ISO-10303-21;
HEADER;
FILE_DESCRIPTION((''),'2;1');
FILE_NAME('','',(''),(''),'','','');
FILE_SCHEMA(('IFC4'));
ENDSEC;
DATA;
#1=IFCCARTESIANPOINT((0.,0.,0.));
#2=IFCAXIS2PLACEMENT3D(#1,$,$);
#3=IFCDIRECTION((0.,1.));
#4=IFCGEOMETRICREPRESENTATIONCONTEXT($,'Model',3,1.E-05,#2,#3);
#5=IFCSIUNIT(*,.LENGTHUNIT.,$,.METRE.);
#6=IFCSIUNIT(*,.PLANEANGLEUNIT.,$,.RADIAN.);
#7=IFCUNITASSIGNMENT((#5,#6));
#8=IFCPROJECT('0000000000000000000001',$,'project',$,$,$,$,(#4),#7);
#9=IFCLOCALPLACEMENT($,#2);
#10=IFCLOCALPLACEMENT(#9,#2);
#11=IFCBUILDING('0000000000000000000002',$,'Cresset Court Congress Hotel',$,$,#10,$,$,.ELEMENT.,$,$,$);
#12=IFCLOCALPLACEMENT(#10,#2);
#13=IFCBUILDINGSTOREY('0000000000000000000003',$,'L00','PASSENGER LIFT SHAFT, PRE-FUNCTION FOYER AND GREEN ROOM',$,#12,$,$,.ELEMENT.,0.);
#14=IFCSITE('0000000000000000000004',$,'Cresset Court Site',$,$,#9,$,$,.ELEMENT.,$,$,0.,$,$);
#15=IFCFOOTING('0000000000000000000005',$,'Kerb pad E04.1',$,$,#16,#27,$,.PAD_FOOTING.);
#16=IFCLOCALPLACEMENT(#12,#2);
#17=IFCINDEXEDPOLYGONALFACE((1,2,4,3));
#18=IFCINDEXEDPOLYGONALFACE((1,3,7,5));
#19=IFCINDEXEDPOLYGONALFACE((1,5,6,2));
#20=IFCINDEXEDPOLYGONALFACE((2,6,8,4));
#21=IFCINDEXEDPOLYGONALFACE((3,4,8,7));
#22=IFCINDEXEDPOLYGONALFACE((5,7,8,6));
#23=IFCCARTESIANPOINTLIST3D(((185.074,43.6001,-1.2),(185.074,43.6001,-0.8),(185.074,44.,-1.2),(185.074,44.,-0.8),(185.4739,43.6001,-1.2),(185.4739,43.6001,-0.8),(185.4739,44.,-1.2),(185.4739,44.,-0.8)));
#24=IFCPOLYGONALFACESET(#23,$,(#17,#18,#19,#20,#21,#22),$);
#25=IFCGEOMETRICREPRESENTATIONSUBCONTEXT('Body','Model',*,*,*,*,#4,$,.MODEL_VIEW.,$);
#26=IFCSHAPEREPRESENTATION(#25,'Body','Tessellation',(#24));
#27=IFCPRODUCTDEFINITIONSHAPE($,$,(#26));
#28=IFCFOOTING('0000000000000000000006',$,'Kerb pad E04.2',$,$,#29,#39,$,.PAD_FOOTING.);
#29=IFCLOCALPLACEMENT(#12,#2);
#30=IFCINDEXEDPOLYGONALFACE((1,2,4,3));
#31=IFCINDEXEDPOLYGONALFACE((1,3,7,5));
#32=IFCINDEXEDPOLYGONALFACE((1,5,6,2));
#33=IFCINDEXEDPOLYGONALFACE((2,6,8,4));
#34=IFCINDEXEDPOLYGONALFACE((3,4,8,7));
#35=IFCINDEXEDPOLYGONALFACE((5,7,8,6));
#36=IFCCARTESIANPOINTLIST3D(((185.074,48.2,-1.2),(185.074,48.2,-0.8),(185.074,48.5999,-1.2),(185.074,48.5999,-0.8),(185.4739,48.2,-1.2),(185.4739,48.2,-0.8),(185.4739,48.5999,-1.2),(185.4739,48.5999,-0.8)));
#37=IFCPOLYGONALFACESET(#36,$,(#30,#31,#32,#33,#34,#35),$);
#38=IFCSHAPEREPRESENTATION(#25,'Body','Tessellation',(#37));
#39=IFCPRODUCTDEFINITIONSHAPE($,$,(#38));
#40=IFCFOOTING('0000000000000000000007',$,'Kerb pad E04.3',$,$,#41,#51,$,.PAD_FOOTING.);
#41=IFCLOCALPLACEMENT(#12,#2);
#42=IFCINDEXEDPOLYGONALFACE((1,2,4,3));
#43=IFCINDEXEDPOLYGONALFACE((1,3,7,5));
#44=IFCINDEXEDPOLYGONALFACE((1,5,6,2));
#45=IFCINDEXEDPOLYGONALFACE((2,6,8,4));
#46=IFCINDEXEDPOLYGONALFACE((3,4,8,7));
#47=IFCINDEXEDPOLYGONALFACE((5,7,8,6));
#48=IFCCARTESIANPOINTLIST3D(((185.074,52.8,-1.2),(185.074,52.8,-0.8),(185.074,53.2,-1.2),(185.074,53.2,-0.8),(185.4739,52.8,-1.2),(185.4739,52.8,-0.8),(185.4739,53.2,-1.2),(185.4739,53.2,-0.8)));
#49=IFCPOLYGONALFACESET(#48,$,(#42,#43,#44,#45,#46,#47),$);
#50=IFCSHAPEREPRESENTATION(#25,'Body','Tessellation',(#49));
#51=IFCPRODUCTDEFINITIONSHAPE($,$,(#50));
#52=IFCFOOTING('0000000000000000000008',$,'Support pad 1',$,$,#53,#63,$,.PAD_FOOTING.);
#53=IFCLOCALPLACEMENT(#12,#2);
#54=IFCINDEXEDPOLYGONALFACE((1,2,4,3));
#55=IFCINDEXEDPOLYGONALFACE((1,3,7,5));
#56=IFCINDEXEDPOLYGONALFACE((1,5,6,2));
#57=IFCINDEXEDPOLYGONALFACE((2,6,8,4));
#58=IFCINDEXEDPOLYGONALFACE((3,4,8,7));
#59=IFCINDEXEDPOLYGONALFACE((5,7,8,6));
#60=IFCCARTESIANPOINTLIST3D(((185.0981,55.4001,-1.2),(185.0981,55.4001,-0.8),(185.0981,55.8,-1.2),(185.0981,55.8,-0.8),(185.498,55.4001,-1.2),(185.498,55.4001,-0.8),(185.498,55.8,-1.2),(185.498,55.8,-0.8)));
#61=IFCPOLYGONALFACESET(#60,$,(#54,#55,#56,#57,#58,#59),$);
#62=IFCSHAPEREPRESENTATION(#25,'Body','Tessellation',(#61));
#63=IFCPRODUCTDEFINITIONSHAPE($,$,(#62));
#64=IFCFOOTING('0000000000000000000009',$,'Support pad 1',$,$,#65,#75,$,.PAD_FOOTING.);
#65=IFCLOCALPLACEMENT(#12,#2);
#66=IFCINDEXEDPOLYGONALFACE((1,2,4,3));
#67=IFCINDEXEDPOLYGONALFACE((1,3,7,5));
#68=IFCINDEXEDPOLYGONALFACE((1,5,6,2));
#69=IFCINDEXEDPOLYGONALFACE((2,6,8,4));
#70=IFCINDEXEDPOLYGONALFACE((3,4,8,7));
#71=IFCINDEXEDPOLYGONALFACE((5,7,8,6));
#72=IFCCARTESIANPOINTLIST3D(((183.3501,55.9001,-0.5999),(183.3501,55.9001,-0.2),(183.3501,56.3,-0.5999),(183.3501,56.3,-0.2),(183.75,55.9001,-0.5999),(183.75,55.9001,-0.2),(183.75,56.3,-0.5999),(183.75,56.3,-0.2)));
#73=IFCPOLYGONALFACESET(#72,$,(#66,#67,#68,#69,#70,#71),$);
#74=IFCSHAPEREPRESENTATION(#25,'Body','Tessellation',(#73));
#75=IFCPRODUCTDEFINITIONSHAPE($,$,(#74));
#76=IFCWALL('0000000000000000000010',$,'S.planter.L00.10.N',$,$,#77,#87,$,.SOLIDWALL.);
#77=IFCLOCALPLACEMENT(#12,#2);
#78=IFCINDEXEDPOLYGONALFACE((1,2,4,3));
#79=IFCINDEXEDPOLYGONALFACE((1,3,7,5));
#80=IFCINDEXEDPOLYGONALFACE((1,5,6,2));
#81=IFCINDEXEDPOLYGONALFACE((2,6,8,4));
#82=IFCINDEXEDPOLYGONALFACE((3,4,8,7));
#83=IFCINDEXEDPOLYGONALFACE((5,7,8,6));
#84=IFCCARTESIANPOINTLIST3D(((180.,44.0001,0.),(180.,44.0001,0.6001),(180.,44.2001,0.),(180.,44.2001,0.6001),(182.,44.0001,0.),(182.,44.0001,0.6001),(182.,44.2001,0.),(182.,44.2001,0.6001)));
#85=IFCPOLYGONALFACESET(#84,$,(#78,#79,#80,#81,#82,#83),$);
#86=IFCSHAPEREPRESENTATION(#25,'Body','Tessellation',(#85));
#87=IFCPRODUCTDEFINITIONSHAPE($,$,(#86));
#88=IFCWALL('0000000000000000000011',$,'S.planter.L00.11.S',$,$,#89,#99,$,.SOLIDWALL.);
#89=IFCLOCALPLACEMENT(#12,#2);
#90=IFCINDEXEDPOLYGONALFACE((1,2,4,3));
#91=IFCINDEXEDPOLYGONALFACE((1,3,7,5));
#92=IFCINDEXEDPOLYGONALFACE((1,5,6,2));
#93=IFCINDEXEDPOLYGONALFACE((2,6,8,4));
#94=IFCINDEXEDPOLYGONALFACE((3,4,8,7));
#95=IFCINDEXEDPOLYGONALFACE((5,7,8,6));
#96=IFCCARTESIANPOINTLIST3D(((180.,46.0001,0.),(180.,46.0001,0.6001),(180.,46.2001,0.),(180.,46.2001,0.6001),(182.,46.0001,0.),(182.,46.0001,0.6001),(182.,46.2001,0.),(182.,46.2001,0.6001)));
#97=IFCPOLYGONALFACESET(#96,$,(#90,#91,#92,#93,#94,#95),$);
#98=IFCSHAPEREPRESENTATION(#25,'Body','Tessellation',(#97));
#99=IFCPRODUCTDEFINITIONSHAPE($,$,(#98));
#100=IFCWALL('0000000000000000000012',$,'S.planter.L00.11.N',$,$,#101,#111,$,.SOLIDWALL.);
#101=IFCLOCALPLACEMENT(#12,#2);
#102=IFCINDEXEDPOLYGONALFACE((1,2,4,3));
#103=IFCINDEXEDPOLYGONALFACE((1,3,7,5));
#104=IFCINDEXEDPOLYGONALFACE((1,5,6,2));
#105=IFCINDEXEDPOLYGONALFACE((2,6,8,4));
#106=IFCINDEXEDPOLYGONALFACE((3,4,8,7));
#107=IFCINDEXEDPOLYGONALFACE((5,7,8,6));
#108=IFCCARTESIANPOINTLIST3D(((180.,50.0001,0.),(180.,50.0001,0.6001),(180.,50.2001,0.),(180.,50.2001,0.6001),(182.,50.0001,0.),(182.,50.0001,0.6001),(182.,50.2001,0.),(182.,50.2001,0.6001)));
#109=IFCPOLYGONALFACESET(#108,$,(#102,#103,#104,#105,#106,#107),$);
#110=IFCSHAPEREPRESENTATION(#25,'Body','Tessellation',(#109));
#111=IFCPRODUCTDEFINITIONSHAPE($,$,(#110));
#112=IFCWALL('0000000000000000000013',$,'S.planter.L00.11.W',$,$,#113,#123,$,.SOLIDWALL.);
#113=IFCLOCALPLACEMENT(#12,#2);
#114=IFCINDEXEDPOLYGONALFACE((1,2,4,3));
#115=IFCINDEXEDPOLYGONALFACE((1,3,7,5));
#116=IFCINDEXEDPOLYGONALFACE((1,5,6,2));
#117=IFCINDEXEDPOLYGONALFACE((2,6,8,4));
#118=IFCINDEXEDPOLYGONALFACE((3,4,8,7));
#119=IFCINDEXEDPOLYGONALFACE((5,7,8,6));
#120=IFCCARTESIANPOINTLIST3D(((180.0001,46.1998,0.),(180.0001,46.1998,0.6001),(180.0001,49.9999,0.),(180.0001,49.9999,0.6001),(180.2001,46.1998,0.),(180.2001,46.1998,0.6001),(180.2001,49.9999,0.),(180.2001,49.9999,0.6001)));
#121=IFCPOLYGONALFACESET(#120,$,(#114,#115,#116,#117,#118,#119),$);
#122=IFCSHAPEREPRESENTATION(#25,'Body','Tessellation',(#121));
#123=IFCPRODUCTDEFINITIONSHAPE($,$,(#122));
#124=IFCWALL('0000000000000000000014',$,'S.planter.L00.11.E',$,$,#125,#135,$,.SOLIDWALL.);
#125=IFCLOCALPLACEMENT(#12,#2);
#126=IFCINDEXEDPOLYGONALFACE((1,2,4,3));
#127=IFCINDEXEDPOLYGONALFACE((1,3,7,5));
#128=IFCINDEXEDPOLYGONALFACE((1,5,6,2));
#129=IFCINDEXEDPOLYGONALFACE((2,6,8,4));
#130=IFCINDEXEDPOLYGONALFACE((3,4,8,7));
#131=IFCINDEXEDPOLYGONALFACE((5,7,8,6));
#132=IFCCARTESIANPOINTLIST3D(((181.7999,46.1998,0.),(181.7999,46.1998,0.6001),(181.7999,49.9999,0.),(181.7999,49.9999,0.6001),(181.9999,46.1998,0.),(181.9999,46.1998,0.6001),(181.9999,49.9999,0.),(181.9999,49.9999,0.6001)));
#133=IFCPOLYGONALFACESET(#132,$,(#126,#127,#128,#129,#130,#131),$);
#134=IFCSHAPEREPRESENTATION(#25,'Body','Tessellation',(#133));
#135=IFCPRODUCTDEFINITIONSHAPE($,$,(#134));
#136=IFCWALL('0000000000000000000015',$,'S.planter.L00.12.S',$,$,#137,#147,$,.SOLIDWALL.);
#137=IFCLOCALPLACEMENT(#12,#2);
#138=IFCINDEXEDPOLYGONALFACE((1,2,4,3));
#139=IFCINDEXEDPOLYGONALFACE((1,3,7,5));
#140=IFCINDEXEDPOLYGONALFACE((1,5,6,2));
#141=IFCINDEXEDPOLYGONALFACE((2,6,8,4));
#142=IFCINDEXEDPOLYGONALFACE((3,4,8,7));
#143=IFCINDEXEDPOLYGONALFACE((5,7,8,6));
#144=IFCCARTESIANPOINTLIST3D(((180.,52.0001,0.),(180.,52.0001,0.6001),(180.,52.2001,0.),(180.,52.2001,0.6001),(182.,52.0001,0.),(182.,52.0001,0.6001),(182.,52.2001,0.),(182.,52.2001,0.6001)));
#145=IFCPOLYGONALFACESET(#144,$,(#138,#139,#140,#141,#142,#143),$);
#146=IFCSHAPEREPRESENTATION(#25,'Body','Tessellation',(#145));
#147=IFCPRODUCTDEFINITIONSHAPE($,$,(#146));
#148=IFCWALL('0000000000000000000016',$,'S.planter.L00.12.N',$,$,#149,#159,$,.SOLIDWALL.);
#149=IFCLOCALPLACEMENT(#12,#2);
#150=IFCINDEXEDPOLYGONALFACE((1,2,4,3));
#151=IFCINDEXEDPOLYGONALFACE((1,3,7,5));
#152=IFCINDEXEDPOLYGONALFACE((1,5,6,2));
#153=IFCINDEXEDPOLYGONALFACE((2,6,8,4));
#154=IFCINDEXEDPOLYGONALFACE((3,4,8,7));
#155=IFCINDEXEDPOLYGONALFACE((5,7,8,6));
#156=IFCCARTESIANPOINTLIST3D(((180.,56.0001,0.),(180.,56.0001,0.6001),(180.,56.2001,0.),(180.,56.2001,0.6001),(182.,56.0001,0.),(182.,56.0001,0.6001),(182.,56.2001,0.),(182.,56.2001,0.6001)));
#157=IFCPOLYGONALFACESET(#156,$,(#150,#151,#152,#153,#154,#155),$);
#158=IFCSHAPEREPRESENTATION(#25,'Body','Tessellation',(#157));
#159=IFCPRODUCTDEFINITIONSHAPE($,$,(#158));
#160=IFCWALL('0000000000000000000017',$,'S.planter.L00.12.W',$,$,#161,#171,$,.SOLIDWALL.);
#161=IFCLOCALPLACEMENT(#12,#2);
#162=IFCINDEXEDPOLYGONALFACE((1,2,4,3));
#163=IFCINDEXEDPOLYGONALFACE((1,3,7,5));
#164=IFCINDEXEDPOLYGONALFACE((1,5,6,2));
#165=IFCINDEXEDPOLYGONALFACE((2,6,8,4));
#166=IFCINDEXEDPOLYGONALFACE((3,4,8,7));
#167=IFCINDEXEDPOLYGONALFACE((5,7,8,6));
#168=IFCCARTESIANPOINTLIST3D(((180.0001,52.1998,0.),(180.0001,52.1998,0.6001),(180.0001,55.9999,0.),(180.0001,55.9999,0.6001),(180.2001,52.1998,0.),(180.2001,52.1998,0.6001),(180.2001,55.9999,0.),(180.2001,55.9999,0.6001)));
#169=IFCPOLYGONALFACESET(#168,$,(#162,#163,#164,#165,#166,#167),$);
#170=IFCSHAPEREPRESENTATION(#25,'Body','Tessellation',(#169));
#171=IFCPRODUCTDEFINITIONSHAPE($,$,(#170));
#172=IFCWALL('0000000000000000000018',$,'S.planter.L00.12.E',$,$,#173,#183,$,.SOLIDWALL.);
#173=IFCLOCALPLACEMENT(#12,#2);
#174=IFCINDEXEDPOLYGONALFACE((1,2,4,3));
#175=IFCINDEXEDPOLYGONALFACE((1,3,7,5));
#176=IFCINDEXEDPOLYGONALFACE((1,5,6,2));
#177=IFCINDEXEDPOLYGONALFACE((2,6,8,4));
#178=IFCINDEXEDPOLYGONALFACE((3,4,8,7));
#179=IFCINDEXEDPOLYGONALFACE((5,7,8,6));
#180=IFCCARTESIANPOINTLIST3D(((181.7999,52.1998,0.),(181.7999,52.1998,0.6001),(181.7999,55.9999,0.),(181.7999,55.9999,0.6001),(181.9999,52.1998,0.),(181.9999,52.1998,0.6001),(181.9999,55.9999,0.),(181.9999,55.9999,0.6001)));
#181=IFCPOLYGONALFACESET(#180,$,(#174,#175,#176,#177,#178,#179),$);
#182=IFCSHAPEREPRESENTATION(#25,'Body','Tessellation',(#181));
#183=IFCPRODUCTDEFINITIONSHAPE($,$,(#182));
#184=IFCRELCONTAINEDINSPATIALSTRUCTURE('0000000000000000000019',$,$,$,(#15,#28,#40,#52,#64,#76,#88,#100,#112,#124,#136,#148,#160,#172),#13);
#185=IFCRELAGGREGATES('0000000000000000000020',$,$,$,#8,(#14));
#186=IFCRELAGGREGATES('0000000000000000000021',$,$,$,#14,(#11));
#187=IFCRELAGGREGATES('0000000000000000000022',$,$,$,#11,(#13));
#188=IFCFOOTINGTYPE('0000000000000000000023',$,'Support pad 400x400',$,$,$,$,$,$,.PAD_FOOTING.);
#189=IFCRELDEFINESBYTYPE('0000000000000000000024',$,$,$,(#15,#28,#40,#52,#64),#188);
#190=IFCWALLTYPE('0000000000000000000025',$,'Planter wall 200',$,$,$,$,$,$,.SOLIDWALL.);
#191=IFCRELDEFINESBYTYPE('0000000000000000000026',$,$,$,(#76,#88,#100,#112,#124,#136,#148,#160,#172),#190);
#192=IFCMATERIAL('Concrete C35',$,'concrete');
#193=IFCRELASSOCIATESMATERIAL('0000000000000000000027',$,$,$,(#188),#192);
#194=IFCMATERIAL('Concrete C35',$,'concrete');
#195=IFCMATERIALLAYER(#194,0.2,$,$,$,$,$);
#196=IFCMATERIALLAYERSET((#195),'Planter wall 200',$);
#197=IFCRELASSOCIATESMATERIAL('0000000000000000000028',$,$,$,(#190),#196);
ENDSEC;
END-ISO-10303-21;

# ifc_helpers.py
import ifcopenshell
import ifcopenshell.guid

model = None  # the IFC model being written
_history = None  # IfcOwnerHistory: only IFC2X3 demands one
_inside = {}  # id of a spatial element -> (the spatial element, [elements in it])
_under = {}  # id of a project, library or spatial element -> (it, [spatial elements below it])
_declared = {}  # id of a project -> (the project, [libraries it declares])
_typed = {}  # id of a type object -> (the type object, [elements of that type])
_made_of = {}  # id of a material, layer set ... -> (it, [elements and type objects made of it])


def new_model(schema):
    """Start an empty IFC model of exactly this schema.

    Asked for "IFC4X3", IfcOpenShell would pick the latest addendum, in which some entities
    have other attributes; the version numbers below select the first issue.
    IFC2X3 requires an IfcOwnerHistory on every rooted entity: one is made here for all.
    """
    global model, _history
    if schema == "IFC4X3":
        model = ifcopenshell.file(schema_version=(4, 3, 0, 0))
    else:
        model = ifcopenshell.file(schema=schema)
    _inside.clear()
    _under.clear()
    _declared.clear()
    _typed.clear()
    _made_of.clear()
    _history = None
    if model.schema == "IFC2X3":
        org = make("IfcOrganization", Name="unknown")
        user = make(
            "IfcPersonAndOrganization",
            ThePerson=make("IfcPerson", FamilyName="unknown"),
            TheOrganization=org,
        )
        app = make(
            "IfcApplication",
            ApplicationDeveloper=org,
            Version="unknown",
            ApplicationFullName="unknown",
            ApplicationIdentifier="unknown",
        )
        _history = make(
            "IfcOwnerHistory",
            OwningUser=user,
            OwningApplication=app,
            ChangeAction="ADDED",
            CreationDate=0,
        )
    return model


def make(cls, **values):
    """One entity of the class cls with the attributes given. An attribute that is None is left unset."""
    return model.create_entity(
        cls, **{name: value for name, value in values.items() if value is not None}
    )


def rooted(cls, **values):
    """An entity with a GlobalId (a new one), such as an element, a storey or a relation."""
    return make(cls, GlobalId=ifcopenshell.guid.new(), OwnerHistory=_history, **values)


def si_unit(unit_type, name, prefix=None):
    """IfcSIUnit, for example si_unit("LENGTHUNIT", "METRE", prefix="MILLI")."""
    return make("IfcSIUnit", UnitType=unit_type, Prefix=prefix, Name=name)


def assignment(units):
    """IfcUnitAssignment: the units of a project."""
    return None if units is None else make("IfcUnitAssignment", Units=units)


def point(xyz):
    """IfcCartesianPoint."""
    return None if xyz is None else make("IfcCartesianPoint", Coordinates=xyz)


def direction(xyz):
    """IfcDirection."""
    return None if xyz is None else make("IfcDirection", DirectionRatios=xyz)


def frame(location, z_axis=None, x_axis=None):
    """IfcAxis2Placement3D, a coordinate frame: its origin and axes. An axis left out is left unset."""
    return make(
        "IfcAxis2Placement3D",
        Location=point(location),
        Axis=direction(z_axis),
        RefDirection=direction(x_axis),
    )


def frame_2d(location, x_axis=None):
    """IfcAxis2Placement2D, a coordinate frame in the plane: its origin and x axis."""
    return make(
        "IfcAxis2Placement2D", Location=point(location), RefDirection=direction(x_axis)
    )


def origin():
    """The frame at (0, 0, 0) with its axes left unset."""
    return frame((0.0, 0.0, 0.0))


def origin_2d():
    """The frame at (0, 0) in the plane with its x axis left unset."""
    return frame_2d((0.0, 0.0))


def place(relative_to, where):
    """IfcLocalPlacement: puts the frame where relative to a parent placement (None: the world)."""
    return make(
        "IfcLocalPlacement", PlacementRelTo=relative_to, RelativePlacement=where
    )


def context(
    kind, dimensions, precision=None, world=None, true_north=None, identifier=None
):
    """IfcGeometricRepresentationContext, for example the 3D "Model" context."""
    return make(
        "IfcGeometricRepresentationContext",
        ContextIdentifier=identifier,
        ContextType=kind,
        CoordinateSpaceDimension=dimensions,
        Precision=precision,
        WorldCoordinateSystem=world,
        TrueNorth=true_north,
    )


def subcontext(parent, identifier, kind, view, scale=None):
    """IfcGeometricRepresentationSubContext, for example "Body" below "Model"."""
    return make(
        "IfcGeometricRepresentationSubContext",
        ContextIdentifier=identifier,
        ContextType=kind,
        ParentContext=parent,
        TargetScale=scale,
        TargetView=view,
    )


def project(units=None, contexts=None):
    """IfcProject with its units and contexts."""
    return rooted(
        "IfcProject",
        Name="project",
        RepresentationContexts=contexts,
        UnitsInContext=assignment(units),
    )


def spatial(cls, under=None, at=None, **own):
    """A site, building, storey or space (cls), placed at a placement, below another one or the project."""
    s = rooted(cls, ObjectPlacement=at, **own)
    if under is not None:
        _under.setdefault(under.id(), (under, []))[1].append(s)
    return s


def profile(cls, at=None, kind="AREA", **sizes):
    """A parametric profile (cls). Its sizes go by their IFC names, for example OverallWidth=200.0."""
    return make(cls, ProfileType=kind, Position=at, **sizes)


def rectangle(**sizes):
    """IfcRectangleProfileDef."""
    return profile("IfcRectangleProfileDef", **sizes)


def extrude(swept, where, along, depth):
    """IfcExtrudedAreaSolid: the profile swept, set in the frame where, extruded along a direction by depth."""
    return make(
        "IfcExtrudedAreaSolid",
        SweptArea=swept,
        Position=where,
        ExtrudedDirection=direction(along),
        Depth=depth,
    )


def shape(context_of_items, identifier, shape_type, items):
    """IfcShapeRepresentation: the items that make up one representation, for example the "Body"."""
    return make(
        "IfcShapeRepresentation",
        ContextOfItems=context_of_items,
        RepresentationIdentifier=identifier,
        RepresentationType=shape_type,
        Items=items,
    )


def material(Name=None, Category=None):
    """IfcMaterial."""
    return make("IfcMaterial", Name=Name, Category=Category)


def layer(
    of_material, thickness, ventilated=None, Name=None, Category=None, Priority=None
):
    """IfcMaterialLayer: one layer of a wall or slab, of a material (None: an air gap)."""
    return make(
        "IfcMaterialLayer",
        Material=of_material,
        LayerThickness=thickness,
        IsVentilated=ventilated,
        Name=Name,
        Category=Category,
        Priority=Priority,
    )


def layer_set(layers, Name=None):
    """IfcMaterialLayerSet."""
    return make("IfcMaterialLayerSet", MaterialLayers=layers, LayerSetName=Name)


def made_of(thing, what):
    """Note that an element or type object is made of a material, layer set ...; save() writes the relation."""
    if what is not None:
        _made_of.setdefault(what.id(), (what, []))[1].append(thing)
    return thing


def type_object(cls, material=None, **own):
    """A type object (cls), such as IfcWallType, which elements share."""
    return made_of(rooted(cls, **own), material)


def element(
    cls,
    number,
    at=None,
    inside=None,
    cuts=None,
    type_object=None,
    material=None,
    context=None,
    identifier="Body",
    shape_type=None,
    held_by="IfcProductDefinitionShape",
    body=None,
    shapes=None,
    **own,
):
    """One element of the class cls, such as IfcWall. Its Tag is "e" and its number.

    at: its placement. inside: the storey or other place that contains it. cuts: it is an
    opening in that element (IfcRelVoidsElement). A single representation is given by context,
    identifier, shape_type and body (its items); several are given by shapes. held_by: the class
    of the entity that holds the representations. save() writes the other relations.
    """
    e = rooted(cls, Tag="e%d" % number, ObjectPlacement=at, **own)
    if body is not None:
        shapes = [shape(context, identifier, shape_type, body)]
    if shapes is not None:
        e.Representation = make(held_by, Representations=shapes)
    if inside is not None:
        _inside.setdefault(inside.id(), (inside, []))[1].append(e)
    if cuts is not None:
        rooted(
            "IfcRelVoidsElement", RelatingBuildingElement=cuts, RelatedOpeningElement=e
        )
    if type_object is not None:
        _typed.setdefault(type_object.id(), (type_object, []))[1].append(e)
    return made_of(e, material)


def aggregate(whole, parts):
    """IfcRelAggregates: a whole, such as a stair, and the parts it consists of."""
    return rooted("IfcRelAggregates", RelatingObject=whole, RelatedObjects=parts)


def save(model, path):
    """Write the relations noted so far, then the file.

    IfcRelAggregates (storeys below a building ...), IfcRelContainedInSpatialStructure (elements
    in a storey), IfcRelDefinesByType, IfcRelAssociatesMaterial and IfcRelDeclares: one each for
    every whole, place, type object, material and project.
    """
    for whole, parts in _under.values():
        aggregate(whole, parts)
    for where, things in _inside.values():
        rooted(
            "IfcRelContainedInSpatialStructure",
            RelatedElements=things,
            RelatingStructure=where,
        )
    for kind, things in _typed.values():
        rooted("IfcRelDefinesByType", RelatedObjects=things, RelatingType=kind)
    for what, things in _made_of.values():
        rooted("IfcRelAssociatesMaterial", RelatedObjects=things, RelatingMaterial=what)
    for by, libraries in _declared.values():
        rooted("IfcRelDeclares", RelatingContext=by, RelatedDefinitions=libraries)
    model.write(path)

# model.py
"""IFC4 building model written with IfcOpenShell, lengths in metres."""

from ifc_helpers import new_model, si_unit, direction, frame, frame_2d, origin, origin_2d, place, context, subcontext, project, spatial, rectangle, extrude, material, layer, layer_set, type_object, element, save


model = new_model("IFC4")

# Units and contexts
model_context = context("Model", 3, precision=1e-05, world=origin(), true_north=direction((0.0, 1.0)))
body_context = subcontext(model_context, "Body", "Model", "MODEL_VIEW")
ifc_project = project(units=[si_unit("LENGTHUNIT", "METRE"), si_unit("PLANEANGLEUNIT", "RADIAN")], contexts=[model_context])

# Site, building, storey
site_placement = place(None, origin())
site = spatial("IfcSite", under=ifc_project, at=site_placement, Name="Cresset Court Site", CompositionType="ELEMENT", RefElevation=0.0)
building_placement = place(site_placement, origin())
building = spatial("IfcBuilding", under=site, at=building_placement, Name="Cresset Court Congress Hotel", CompositionType="ELEMENT")
storey_placement = place(building_placement, origin())
storey = spatial("IfcBuildingStorey", under=building, at=storey_placement, Name="L00", Description="PASSENGER LIFT SHAFT, PRE-FUNCTION FOYER AND GREEN ROOM", CompositionType="ELEMENT", Elevation=0.0)

# Footings
ifc_material_1 = material(Name="Concrete C35", Category="concrete")
footing_type = type_object("IfcFootingType", Name="Support pad 400x400", PredefinedType="PAD_FOOTING", material=ifc_material_1)
for number, where, z_axis, x_axis, name in (
    (1, (185.2739, 43.8, -1.2), (0.0, 0.0, 1.0), (1.0, 0.0, 0.0), "Kerb pad E04.1"),
    (2, (185.2739, 48.3999, -1.2), (0.0, 0.0, 1.0), (1.0, 0.0, 0.0), "Kerb pad E04.2"),
    (3, (185.2739, 53.0, -1.2), (0.0, 0.0, 1.0), (1.0, 0.0, 0.0), "Kerb pad E04.3"),
    (4, (185.2981, 55.6001, -1.2), (0.0, 0.0, 1.0), (1.0, 0.0, 0.0), "Support pad 1"),
    (5, (183.55, 56.1001, -0.5999), (0.0, 0.0, 1.0), (1.0, 0.0, 0.0), "Support pad 1"),
):
    element("IfcFooting", number, at=place(storey_placement, frame(where, z_axis=z_axis, x_axis=x_axis)), inside=storey, type_object=footing_type, Name=name, PredefinedType="PAD_FOOTING", context=body_context, shape_type="SweptSolid", body=[
        extrude(rectangle(XDim=0.3999, YDim=0.3999, at=origin_2d()), origin(), (0.0, 0.0, 1.0), 0.3999),
    ])

# Walls
ifc_material_2 = material(Name="Concrete C35", Category="concrete")
ifc_layer = layer(ifc_material_2, 0.2)
ifc_layer_set = layer_set([ifc_layer], Name="Planter wall 200")
wall_type = type_object("IfcWallType", Name="Planter wall 200", PredefinedType="SOLIDWALL", material=ifc_layer_set)
for number, where, z_axis, x_axis, name in (
    (6, (180.0, 44.1001, 0.0), (0.0, 0.0, 1.0), (1.0, 0.0, 0.0), "S.planter.L00.10.N"),
    (7, (180.0, 46.1001, 0.0), (0.0, 0.0, 1.0), (1.0, 0.0, 0.0), "S.planter.L00.11.S"),
    (8, (180.0, 50.1001, 0.0), (0.0, 0.0, 1.0), (1.0, 0.0, 0.0), "S.planter.L00.11.N"),
):
    element("IfcWall", number, at=place(storey_placement, frame(where, z_axis=z_axis, x_axis=x_axis)), inside=storey, type_object=wall_type, Name=name, PredefinedType="SOLIDWALL", context=body_context, shape_type="SweptSolid", body=[
        extrude(rectangle(XDim=2.0, YDim=0.2, at=frame_2d((1.0, 0.0))), origin(), (0.0, 0.0, 1.0), 0.6001),
    ])
for number, where, z_axis, x_axis, name in (
    (9, (180.1001, 46.2, 0.0), (0.0, 0.0, 1.0), (0.0, 1.0, 0.0), "S.planter.L00.11.W"),
    (10, (181.8999, 46.2, 0.0), (0.0, 0.0, 1.0), (0.0, 1.0, 0.0), "S.planter.L00.11.E"),
):
    element("IfcWall", number, at=place(storey_placement, frame(where, z_axis=z_axis, x_axis=x_axis)), inside=storey, type_object=wall_type, Name=name, PredefinedType="SOLIDWALL", context=body_context, shape_type="SweptSolid", body=[
        extrude(rectangle(XDim=3.8, YDim=0.2, at=frame_2d((1.8999, 0.0))), origin(), (0.0, 0.0, 1.0), 0.6001),
    ])
for number, where, z_axis, x_axis, name in (
    (11, (180.0, 52.1001, 0.0), (0.0, 0.0, 1.0), (1.0, 0.0, 0.0), "S.planter.L00.12.S"),
    (12, (180.0, 56.1001, 0.0), (0.0, 0.0, 1.0), (1.0, 0.0, 0.0), "S.planter.L00.12.N"),
):
    element("IfcWall", number, at=place(storey_placement, frame(where, z_axis=z_axis, x_axis=x_axis)), inside=storey, type_object=wall_type, Name=name, PredefinedType="SOLIDWALL", context=body_context, shape_type="SweptSolid", body=[
        extrude(rectangle(XDim=2.0, YDim=0.2, at=frame_2d((1.0, 0.0))), origin(), (0.0, 0.0, 1.0), 0.6001),
    ])
for number, where, z_axis, x_axis, name in (
    (13, (180.1001, 52.2, 0.0), (0.0, 0.0, 1.0), (0.0, 1.0, 0.0), "S.planter.L00.12.W"),
    (14, (181.8999, 52.2, 0.0), (0.0, 0.0, 1.0), (0.0, 1.0, 0.0), "S.planter.L00.12.E"),
):
    element("IfcWall", number, at=place(storey_placement, frame(where, z_axis=z_axis, x_axis=x_axis)), inside=storey, type_object=wall_type, Name=name, PredefinedType="SOLIDWALL", context=body_context, shape_type="SweptSolid", body=[
        extrude(rectangle(XDim=3.8, YDim=0.2, at=frame_2d((1.8999, 0.0))), origin(), (0.0, 0.0, 1.0), 0.6001),
    ])

save(model, "model.ifc")
